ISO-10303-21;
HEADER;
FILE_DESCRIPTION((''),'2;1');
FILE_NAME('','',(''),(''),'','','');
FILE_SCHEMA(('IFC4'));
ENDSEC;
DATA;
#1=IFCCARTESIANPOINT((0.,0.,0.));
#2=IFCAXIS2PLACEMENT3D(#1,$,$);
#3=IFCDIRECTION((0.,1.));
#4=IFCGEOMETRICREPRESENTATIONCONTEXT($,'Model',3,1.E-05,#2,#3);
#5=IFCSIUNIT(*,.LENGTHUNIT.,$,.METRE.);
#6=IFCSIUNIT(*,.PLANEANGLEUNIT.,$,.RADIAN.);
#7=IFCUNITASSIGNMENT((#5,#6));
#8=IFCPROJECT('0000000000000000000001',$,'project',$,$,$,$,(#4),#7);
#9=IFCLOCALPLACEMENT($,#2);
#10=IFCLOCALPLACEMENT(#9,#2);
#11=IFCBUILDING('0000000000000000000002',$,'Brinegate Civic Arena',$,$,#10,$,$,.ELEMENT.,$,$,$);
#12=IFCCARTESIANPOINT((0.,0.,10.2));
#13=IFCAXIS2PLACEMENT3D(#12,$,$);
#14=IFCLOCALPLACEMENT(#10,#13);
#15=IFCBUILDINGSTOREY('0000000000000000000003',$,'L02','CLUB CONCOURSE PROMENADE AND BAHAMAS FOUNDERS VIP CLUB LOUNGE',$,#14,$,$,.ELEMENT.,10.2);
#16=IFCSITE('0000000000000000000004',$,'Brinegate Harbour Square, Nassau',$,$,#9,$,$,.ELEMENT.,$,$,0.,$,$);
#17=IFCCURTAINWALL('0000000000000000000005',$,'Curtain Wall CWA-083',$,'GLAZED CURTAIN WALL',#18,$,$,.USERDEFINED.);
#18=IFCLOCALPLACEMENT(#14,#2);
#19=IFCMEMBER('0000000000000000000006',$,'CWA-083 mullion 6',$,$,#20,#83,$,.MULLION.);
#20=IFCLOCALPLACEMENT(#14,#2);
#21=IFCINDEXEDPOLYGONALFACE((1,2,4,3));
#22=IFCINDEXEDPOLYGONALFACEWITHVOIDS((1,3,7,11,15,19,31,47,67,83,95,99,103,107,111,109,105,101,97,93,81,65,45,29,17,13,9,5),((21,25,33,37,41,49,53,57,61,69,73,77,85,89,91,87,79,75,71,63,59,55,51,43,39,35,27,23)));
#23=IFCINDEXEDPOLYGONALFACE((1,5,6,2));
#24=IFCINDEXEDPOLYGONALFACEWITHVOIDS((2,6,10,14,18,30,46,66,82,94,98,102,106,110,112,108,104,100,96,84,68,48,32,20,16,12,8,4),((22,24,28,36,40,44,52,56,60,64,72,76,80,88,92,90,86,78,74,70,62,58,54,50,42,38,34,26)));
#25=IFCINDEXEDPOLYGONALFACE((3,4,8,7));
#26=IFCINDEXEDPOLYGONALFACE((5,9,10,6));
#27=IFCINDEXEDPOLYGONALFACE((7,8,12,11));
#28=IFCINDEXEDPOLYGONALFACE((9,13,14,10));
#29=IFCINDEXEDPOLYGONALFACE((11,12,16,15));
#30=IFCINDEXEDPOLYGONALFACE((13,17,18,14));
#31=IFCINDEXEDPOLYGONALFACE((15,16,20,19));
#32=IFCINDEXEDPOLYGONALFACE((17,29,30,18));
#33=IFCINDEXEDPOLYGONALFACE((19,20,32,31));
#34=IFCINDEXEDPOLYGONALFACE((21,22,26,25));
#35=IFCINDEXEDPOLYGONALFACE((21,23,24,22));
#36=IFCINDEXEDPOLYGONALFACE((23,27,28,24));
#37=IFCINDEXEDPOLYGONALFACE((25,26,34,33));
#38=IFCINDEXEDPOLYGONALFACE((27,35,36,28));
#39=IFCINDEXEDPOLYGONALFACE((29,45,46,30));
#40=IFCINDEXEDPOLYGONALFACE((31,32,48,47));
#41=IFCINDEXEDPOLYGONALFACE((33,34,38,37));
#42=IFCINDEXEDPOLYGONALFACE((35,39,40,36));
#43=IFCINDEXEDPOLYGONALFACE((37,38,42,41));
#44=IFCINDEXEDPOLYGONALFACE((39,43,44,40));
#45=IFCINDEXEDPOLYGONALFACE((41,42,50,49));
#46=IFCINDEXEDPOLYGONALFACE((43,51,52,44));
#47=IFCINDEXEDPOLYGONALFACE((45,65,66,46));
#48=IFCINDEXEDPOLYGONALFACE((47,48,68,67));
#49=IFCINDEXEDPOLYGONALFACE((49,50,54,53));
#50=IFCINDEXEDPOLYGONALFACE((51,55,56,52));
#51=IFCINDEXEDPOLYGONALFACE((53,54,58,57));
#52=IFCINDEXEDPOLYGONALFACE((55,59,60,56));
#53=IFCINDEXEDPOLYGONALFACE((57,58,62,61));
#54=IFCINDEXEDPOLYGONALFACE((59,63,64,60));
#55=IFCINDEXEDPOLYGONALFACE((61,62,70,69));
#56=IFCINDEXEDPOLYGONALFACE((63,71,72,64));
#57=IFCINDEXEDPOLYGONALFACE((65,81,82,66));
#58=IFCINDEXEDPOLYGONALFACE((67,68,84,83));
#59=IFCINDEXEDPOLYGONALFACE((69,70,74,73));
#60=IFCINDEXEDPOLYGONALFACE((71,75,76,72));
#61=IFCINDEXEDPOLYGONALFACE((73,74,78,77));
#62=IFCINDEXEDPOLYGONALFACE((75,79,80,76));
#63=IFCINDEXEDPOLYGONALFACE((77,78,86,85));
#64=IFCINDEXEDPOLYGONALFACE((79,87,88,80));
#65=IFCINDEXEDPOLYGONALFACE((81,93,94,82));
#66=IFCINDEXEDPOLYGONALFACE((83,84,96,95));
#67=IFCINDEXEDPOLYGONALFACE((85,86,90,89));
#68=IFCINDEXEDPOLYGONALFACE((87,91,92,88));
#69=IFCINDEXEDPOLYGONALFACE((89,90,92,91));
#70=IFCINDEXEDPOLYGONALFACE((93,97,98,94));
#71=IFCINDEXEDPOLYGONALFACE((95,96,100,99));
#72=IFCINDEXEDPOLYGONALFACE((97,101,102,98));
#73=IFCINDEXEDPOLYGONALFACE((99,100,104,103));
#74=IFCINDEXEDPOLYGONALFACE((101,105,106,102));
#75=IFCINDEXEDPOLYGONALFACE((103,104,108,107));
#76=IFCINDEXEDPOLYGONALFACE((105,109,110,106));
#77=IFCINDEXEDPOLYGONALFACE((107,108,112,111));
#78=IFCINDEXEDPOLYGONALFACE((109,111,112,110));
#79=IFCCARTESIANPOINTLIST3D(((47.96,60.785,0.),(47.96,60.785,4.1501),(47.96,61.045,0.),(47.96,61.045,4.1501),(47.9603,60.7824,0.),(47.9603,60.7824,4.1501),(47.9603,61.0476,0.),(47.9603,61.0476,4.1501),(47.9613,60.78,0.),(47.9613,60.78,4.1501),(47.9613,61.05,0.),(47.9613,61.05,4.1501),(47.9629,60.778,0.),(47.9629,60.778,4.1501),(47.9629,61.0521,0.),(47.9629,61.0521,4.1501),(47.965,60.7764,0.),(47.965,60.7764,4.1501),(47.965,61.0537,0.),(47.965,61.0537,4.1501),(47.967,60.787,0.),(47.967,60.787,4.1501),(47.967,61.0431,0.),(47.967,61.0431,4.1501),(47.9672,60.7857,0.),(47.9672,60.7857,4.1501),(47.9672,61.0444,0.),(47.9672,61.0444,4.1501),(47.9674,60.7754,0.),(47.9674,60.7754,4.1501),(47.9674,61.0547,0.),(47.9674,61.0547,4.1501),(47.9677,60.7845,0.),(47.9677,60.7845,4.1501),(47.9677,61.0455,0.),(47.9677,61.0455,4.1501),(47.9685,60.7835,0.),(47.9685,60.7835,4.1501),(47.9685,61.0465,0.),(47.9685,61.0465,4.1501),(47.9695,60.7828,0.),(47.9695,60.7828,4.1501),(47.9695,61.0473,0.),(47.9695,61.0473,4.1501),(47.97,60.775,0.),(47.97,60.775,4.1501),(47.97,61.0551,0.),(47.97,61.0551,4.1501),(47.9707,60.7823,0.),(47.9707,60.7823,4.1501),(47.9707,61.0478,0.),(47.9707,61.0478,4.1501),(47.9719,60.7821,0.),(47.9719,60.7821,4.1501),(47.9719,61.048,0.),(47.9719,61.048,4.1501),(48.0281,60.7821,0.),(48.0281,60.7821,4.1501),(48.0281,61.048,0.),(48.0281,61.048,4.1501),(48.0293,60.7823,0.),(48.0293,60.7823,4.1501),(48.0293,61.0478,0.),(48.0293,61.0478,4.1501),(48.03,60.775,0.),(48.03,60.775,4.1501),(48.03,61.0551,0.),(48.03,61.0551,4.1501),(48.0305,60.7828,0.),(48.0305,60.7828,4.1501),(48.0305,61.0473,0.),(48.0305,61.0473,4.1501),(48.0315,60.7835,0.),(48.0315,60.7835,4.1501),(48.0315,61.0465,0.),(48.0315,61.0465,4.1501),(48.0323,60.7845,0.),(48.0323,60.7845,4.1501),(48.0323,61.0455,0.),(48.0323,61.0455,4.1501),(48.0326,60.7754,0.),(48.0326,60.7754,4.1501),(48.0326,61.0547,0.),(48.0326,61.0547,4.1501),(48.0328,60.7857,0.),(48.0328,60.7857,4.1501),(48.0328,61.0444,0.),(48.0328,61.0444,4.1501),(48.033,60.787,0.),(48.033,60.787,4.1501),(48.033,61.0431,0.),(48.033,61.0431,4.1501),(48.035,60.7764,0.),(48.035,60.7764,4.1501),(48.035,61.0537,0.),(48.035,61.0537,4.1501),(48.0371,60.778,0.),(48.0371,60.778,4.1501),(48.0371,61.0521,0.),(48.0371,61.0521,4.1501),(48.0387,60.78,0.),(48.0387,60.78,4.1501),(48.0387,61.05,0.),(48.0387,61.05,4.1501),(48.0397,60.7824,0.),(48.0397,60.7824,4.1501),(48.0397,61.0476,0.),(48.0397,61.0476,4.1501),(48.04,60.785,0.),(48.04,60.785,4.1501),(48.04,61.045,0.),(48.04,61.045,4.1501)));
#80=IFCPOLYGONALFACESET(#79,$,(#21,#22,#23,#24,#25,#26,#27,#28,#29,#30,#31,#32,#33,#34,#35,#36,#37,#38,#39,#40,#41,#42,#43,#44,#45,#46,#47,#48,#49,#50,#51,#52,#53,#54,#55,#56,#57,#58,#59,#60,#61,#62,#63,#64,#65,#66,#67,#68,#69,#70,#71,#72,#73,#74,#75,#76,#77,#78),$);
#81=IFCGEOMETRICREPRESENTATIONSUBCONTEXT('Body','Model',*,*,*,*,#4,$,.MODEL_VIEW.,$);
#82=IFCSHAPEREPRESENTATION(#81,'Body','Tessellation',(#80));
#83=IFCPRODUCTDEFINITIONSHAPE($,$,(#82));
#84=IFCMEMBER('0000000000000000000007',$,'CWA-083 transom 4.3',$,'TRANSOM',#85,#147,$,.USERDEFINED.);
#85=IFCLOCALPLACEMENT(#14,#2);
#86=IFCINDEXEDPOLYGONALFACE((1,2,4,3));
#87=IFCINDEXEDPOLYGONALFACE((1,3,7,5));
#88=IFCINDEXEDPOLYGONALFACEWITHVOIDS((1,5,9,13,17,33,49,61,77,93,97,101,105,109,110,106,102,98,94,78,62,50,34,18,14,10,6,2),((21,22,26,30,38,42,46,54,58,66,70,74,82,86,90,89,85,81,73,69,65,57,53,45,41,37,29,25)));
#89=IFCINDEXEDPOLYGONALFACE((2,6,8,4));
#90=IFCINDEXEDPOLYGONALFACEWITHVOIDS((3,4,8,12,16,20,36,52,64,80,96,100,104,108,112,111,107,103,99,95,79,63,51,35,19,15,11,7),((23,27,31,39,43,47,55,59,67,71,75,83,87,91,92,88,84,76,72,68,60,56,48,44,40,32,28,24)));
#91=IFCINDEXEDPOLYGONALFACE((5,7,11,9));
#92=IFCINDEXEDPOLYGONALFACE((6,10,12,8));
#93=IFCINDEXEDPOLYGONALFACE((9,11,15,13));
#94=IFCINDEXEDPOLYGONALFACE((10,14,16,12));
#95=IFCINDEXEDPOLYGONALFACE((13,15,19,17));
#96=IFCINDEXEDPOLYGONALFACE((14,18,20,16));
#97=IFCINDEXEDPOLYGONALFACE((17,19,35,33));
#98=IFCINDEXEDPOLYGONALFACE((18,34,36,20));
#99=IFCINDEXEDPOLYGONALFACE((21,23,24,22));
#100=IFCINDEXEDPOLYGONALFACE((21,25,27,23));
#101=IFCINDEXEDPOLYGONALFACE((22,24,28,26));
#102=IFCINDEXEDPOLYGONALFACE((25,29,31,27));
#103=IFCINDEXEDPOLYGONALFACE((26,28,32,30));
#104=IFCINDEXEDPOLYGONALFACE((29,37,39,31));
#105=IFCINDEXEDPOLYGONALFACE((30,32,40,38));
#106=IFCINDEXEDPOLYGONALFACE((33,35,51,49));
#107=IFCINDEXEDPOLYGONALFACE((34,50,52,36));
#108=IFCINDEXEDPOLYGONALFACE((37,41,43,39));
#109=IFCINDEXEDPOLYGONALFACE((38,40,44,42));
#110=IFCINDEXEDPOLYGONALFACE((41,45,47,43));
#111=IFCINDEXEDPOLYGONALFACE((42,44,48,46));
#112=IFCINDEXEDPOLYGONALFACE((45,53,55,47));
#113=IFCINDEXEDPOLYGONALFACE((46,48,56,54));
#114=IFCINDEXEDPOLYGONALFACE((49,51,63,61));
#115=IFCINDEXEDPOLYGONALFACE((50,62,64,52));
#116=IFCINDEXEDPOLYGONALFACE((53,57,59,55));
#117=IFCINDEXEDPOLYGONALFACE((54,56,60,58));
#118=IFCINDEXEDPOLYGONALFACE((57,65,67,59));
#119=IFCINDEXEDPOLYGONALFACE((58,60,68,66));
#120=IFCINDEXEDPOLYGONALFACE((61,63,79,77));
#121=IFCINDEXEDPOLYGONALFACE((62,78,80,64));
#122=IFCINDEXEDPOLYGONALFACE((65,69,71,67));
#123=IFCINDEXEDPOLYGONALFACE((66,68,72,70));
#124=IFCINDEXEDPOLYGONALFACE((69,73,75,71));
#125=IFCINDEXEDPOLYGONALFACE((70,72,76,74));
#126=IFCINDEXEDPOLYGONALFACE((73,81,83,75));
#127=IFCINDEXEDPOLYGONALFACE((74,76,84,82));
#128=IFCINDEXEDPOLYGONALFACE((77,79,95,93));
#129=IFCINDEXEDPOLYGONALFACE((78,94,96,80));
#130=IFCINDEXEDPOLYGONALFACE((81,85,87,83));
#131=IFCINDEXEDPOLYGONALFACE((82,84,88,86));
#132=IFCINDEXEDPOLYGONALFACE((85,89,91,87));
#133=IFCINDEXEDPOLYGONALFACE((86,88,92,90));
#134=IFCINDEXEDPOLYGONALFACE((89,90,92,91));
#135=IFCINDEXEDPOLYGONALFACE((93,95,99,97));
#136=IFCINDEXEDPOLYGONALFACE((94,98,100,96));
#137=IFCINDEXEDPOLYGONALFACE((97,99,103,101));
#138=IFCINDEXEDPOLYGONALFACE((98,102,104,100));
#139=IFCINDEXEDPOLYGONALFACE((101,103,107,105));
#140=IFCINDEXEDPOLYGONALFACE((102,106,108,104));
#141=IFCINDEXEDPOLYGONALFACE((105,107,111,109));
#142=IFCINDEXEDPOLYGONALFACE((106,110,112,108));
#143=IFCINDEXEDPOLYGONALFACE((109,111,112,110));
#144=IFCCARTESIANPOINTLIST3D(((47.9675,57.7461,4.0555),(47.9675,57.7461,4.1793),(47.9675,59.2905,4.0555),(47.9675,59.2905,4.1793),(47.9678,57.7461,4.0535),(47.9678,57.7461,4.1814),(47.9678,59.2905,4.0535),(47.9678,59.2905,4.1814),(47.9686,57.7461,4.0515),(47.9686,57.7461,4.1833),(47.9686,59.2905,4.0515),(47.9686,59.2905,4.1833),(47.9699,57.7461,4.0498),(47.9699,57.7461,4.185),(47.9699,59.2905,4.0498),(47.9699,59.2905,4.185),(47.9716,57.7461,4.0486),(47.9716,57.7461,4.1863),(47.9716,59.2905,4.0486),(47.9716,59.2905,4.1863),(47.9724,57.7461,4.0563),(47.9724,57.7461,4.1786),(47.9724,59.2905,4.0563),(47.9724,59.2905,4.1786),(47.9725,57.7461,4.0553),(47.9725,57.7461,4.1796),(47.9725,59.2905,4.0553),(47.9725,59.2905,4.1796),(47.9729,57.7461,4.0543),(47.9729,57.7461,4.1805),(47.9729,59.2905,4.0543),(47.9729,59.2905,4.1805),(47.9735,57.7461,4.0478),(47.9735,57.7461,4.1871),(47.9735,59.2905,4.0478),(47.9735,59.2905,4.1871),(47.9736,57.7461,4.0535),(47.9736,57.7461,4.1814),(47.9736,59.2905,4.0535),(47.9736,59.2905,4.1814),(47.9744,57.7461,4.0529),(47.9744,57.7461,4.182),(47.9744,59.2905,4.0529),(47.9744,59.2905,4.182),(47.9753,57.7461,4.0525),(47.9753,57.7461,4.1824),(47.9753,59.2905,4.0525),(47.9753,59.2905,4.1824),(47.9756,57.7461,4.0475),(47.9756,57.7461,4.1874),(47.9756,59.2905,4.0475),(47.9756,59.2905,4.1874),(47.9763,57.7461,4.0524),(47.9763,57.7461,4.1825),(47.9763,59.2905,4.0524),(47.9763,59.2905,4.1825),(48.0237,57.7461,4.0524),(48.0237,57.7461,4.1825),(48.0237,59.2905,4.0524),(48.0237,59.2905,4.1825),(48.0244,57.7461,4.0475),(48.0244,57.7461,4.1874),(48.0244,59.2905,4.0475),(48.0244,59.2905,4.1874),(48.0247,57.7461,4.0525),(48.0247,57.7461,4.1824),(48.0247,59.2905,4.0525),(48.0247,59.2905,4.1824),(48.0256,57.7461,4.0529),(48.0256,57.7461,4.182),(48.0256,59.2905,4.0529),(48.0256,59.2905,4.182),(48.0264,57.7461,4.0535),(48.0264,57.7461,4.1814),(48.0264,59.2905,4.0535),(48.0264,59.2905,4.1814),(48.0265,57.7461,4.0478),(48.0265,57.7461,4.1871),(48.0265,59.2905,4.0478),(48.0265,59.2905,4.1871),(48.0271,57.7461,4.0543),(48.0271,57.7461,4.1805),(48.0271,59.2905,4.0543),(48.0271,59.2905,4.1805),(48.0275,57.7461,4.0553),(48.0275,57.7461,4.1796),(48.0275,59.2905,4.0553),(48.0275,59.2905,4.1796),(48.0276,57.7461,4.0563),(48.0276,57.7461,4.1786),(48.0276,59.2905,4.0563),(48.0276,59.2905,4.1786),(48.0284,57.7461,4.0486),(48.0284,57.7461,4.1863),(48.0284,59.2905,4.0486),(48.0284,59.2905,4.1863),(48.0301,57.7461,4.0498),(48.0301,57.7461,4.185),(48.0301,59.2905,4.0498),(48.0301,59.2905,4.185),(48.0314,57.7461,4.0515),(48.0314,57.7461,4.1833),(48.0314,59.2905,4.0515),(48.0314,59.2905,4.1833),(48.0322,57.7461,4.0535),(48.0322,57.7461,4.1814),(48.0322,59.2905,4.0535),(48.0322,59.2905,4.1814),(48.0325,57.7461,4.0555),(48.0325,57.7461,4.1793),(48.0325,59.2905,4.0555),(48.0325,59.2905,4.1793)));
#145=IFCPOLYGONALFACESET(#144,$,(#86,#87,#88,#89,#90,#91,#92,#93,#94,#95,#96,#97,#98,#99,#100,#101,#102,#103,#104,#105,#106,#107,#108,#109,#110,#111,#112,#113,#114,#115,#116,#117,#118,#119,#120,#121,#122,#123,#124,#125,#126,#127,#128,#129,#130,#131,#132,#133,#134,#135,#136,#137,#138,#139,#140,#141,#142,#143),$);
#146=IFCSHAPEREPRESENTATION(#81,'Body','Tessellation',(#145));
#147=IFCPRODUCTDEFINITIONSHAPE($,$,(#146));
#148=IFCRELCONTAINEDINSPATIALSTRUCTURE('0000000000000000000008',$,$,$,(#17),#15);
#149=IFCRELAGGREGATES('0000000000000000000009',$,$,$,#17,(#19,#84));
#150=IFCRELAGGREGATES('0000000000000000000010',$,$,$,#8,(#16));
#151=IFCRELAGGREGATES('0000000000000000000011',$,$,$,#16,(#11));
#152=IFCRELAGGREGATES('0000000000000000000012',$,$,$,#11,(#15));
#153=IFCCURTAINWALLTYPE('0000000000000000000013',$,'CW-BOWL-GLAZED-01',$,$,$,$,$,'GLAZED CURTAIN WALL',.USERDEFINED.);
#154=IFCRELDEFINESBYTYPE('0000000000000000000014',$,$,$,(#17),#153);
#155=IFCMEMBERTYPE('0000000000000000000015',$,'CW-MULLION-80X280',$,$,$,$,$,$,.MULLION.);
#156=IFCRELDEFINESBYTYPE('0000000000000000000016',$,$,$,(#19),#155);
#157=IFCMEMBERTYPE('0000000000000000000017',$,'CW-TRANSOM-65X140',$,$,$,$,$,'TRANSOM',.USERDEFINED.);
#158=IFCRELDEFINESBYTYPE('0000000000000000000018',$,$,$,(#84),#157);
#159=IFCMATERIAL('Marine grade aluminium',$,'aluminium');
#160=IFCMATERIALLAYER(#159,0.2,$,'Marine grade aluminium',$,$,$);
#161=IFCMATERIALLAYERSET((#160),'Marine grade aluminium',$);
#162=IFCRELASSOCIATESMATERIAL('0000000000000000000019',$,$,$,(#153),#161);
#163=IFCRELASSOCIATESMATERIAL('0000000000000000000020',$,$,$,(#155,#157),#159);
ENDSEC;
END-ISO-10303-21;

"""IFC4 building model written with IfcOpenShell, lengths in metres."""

from ifc_helpers import new_model, si_unit, direction, frame, origin, origin_2d, place, context, subcontext, project, spatial, hollow_rectangle, extrude, material, layer, layer_set, material_profile, profile_set, type_object, element, aggregate, save


model = new_model("IFC4")

# Units and contexts
model_context = context("Model", 3, precision=1e-05, world=origin(), true_north=direction((0.0, 1.0)))
body_context = subcontext(model_context, "Body", "Model", "MODEL_VIEW")
ifc_project = project(units=[si_unit("LENGTHUNIT", "METRE"), si_unit("PLANEANGLEUNIT", "RADIAN")], contexts=[model_context])

# Site, building, storey
site_placement = place(None, origin())
site = spatial("IfcSite", under=ifc_project, at=site_placement, Name="Brinegate Harbour Square, Nassau", CompositionType="ELEMENT", RefElevation=0.0)
building_placement = place(site_placement, origin())
building = spatial("IfcBuilding", under=site, at=building_placement, Name="Brinegate Civic Arena", CompositionType="ELEMENT")
storey_placement = place(building_placement, frame((0.0, 0.0, 10.2)))
storey = spatial("IfcBuildingStorey", under=building, at=storey_placement, Name="L02", Description="CLUB CONCOURSE PROMENADE AND BAHAMAS FOUNDERS VIP CLUB LOUNGE", CompositionType="ELEMENT", Elevation=10.2)

# Curtain wall, members
ifc_material_1 = material(Name="Marine grade aluminium", Category="aluminium")
ifc_layer_1 = layer(ifc_material_1, 0.2, Name="Marine grade aluminium")
ifc_layer_set_1 = layer_set([ifc_layer_1], Name="Marine grade aluminium")
curtain_wall_type = type_object("IfcCurtainWallType", Name="CW-BOWL-GLAZED-01", ElementType="GLAZED CURTAIN WALL", PredefinedType="USERDEFINED", material=ifc_layer_set_1)
curtain_wall_1_placement = place(storey_placement, origin())
curtain_wall_1 = element("IfcCurtainWall", 1, at=curtain_wall_1_placement, inside=storey, type_object=curtain_wall_type, Name="Curtain Wall CWA-083", ObjectType="GLAZED CURTAIN WALL", PredefinedType="USERDEFINED")
ifc_material_profile_1 = material_profile(ifc_material_1, hollow_rectangle(XDim=0.0801, YDim=0.28, WallThickness=0.0071, InnerFilletRadius=0.0049, OuterFilletRadius=0.01, at=origin_2d()), Name="MUL80X280")
ifc_profile_set_1 = profile_set([ifc_material_profile_1], Name="Marine grade aluminium")
member_type_1 = type_object("IfcMemberType", Name="CW-MULLION-80X280", PredefinedType="MULLION", material=ifc_profile_set_1)
member_1_placement = place(storey_placement, frame((48.0, 60.915, 0.0), z_axis=(0.0, 0.0, 1.0), x_axis=(-1.0, 0.0, 0.0)))
member_1 = element("IfcMember", 2, at=member_1_placement, type_object=member_type_1, Name="CWA-083 mullion 6", PredefinedType="MULLION", context=body_context, shape_type="SweptSolid", body=[
    extrude(hollow_rectangle(XDim=0.0801, YDim=0.28, WallThickness=0.0071, InnerFilletRadius=0.0049, OuterFilletRadius=0.01, at=origin_2d()), origin(), (0.0, 0.0, 1.0), 4.1501),
])
ifc_material_profile_2 = material_profile(ifc_material_1, hollow_rectangle(XDim=0.0649, YDim=0.1399, WallThickness=0.0049, InnerFilletRadius=0.0039, OuterFilletRadius=0.0081, at=origin_2d()), Name="TRN65X140")
ifc_profile_set_2 = profile_set([ifc_material_profile_2], Name="Marine grade aluminium")
member_type_2 = type_object("IfcMemberType", Name="CW-TRANSOM-65X140", ElementType="TRANSOM", PredefinedType="USERDEFINED", material=ifc_profile_set_2)
member_2_placement = place(storey_placement, frame((48.0, 57.7461, 4.1174), z_axis=(0.0, 1.0, 0.0), x_axis=(-1.0, 0.0, 0.0)))
member_2 = element("IfcMember", 3, at=member_2_placement, type_object=member_type_2, Name="CWA-083 transom 4.3", ObjectType="TRANSOM", PredefinedType="USERDEFINED", context=body_context, shape_type="SweptSolid", body=[
    extrude(hollow_rectangle(XDim=0.0649, YDim=0.1399, WallThickness=0.0049, InnerFilletRadius=0.0039, OuterFilletRadius=0.0081, at=origin_2d()), origin(), (0.0, 0.0, 1.0), 1.5444),
])

aggregate(curtain_wall_1, [member_1, member_2])

save(model, "model.ifc")
